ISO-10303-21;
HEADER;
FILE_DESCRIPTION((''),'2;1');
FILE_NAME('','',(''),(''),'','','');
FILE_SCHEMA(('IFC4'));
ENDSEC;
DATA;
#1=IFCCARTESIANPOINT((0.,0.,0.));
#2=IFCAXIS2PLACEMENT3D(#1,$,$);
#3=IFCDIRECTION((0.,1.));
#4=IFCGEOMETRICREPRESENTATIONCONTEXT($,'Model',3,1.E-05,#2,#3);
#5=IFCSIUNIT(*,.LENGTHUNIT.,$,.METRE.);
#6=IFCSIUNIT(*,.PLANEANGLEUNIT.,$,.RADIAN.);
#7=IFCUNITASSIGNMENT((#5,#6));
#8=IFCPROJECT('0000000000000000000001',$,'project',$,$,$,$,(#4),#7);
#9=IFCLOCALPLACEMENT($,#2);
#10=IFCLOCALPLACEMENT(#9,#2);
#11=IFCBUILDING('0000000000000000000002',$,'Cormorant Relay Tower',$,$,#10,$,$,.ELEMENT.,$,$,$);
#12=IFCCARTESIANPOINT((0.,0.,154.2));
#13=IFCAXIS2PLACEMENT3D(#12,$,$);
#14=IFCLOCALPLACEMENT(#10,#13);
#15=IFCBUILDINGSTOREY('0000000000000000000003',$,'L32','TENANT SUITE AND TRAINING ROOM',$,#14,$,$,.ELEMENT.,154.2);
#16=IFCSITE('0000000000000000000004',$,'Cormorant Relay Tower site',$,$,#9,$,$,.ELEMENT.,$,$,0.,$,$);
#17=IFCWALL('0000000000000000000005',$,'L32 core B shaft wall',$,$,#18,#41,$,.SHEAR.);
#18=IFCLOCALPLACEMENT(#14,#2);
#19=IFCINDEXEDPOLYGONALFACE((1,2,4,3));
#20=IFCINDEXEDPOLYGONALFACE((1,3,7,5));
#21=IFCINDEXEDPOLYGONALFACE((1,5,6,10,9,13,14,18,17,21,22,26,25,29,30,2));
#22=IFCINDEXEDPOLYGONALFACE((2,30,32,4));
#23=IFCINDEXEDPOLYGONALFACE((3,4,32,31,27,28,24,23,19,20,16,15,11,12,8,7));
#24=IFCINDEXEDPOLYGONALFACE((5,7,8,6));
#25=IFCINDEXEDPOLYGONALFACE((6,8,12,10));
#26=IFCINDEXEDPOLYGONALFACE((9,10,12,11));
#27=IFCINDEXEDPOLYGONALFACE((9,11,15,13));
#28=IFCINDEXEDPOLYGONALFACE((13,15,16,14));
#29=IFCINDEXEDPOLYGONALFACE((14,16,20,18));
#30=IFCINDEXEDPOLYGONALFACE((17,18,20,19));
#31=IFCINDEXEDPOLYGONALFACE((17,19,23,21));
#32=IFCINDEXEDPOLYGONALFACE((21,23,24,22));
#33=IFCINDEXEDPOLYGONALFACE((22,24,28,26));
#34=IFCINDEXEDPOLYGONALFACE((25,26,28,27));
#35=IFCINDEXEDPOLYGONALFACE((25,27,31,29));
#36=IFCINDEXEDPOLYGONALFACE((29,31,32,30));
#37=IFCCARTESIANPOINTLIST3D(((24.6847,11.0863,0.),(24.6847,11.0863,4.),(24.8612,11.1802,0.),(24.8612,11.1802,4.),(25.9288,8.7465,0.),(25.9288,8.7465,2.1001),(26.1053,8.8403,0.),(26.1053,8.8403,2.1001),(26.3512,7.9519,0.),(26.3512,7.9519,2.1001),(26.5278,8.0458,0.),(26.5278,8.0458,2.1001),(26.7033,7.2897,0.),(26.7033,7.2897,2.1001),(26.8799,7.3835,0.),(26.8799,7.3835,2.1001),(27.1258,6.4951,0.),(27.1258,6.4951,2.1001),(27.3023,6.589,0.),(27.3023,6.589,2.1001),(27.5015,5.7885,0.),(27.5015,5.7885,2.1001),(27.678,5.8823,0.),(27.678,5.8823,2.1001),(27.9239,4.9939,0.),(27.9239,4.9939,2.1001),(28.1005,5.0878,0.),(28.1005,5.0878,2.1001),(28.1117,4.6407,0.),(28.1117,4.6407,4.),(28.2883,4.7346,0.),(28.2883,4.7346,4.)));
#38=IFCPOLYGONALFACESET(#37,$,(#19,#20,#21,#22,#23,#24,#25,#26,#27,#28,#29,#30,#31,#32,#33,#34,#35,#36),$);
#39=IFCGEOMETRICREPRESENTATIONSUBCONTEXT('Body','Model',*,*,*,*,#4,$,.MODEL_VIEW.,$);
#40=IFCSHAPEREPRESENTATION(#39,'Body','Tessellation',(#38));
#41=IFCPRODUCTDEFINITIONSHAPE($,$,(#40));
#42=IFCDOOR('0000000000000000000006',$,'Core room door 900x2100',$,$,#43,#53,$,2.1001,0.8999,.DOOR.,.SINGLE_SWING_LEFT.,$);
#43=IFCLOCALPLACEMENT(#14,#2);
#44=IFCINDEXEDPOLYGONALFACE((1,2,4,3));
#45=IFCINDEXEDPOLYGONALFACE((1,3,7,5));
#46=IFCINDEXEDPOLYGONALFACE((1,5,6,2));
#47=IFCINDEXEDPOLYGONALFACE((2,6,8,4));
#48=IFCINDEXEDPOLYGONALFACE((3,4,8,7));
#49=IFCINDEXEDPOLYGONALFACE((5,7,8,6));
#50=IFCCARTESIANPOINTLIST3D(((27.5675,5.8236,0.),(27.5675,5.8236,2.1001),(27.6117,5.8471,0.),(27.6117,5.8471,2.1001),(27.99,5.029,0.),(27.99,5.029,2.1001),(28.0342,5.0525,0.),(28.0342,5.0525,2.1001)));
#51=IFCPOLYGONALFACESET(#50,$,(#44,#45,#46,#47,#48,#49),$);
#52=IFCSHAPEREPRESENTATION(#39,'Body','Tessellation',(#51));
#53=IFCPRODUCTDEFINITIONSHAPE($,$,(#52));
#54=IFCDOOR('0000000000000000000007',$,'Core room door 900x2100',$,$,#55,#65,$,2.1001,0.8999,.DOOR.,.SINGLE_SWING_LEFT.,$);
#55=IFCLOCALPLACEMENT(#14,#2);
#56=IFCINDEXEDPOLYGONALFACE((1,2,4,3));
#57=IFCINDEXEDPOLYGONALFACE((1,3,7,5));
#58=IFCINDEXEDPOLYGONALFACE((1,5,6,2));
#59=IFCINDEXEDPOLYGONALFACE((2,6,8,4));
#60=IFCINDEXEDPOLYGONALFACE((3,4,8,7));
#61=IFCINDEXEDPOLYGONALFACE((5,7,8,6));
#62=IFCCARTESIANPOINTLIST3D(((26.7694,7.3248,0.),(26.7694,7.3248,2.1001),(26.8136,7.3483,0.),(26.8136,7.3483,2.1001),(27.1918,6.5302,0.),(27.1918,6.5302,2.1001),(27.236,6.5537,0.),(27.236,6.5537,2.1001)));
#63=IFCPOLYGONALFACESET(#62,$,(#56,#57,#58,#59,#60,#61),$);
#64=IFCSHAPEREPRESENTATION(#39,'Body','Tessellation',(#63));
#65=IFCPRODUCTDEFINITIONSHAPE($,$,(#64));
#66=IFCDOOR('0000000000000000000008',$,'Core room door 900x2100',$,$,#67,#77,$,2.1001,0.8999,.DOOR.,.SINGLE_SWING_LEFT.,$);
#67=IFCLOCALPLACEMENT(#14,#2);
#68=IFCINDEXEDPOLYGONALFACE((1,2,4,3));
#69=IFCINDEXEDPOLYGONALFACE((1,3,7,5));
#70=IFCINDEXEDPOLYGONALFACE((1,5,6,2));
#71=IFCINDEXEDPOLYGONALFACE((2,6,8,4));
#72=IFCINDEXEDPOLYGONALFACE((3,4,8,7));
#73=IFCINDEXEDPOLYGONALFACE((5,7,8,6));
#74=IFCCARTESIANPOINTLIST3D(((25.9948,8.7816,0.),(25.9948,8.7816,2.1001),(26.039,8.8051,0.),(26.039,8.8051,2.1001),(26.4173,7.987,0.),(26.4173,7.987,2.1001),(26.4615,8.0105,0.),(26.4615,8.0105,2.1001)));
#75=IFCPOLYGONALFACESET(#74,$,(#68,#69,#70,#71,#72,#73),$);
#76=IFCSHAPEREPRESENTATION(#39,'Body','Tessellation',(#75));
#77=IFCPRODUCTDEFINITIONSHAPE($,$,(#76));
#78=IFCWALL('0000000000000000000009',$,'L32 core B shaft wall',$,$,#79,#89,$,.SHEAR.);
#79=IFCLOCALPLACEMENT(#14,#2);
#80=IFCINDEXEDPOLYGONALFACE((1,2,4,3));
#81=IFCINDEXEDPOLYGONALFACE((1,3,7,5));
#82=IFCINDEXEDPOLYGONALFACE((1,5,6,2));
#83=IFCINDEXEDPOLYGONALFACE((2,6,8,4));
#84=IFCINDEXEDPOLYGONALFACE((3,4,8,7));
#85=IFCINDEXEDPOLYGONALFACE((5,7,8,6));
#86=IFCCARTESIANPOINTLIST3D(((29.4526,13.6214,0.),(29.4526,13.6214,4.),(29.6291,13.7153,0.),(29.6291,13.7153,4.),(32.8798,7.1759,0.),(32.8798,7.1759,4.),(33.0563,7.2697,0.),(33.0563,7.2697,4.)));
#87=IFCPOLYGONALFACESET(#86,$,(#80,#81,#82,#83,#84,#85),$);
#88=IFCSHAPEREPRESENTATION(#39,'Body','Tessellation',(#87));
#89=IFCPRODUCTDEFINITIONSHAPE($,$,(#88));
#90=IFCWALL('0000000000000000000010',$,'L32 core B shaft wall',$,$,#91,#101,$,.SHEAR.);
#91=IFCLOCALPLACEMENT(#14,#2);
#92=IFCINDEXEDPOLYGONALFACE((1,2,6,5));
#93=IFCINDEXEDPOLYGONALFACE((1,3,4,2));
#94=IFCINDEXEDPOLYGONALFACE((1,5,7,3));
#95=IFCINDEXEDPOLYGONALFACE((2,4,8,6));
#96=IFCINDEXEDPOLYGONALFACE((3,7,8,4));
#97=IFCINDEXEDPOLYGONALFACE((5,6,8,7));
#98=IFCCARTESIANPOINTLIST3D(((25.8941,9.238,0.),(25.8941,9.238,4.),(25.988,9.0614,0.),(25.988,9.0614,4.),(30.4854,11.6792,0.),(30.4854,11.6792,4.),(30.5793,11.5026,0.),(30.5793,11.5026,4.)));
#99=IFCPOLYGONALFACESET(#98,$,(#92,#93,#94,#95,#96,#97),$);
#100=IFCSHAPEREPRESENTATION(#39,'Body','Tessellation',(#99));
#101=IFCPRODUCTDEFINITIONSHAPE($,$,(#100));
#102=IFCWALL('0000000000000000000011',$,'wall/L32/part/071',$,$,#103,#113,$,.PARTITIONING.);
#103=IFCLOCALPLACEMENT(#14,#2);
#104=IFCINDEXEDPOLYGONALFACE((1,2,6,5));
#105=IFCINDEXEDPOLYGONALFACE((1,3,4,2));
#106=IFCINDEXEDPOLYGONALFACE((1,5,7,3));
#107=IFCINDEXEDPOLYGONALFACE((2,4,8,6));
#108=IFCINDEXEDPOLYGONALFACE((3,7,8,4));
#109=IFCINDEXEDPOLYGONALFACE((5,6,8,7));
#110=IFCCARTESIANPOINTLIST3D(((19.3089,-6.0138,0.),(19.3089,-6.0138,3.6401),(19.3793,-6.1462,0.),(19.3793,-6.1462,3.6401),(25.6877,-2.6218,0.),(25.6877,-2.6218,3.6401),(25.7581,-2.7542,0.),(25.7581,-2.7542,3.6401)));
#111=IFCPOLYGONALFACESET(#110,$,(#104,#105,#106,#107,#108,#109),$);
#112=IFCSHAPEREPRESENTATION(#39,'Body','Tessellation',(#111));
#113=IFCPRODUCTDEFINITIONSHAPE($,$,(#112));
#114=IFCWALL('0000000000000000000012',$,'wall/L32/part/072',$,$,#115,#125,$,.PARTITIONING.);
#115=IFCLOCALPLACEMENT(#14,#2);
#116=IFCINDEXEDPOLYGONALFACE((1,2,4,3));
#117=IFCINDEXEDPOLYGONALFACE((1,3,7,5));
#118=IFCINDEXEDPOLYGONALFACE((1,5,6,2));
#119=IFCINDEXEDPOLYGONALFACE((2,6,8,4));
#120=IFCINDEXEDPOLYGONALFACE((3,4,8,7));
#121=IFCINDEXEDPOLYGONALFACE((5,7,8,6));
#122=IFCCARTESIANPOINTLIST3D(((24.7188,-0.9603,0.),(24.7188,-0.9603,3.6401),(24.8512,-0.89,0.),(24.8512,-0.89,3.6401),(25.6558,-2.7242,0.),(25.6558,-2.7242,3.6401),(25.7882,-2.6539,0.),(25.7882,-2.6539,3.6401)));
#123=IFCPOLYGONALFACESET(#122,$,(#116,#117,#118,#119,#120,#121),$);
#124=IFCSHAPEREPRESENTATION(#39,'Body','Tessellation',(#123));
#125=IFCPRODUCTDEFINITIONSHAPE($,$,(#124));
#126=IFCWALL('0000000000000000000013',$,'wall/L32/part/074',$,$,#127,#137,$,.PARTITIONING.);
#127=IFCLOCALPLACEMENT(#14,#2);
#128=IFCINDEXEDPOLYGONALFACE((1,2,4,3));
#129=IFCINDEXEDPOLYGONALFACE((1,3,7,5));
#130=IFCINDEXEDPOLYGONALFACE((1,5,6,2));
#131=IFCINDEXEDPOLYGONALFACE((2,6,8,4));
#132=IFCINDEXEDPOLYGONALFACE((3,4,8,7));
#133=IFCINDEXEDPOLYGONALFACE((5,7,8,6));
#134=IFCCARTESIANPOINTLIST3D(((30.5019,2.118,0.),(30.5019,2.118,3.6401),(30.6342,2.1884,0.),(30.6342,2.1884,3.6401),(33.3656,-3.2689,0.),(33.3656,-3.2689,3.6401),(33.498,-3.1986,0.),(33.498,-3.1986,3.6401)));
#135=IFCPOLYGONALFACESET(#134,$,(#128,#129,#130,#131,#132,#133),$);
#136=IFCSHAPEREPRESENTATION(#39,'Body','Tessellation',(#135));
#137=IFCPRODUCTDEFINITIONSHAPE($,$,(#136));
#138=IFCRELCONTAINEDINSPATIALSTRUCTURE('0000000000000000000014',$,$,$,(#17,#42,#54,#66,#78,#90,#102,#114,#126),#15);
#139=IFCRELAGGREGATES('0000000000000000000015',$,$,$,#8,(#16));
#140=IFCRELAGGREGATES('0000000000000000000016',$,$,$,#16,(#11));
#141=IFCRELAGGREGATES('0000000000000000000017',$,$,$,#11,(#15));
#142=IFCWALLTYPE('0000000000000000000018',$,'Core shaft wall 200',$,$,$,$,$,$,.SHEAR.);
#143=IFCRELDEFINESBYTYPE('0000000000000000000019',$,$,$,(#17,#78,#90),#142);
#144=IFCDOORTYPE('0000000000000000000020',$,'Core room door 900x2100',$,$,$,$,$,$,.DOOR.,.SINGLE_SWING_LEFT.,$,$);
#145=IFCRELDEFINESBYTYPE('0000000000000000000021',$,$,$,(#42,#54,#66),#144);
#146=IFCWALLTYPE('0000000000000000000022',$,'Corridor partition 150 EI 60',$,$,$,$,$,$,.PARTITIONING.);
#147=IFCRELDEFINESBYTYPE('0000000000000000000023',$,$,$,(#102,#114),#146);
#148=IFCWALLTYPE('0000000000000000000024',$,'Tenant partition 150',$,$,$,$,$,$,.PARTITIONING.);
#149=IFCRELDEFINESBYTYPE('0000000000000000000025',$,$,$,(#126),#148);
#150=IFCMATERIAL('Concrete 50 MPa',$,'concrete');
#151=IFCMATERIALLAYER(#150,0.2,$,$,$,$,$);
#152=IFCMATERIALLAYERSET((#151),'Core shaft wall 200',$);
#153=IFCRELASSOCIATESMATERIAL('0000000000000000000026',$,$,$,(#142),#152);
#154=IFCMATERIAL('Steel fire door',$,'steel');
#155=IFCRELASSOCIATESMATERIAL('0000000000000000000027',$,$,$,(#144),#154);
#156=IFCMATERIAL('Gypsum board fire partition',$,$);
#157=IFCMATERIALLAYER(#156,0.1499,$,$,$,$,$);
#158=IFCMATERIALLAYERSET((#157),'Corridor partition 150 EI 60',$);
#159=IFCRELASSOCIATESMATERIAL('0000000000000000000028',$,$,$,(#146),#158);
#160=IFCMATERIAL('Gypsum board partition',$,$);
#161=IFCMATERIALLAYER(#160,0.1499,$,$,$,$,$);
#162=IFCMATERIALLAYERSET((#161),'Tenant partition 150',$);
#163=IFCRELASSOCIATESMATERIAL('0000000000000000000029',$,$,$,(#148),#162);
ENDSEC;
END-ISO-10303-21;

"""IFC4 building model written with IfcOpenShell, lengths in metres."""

from ifc_helpers import new_model, si_unit, direction, frame, frame_2d, origin, place, context, subcontext, project, spatial, rectangle, extrude, material, layer, layer_set, type_object, element, fill, save


model = new_model("IFC4")

# Units and contexts
model_context = context("Model", 3, precision=1e-05, world=origin(), true_north=direction((0.0, 1.0)))
body_context = subcontext(model_context, "Body", "Model", "MODEL_VIEW")
ifc_project = project(units=[si_unit("LENGTHUNIT", "METRE"), si_unit("PLANEANGLEUNIT", "RADIAN")], contexts=[model_context])

# Site, building, storey
site_placement = place(None, origin())
site = spatial("IfcSite", under=ifc_project, at=site_placement, Name="Cormorant Relay Tower site", CompositionType="ELEMENT", RefElevation=0.0)
building_placement = place(site_placement, origin())
building = spatial("IfcBuilding", under=site, at=building_placement, Name="Cormorant Relay Tower", CompositionType="ELEMENT")
storey_placement = place(building_placement, frame((0.0, 0.0, 154.2)))
storey = spatial("IfcBuildingStorey", under=building, at=storey_placement, Name="L32", Description="TENANT SUITE AND TRAINING ROOM", CompositionType="ELEMENT", Elevation=154.2)

# Shared definitions
ifc_material_1 = material(Name="Concrete 50 MPa", Category="concrete")
ifc_layer_1 = layer(ifc_material_1, 0.2)
ifc_layer_set_1 = layer_set([ifc_layer_1], Name="Core shaft wall 200")
wall_type_1 = type_object("IfcWallType", Name="Core shaft wall 200", PredefinedType="SHEAR", material=ifc_layer_set_1)

# Wall, openings, doors
wall_1_placement = place(storey_placement, frame((28.2, 4.6877, 0.0), z_axis=(0.0, 0.0, 1.0), x_axis=(-0.469454, 0.882957, 0.0)))
wall_1 = element("IfcWall", 1, at=wall_1_placement, inside=storey, type_object=wall_type_1, Name="L32 core B shaft wall", PredefinedType="SHEAR", context=body_context, shape_type="SweptSolid", body=[
    extrude(rectangle(XDim=7.3, YDim=0.2, at=frame_2d((3.6499, 0.0))), origin(), (0.0, 0.0, 1.0), 4.0),
])
opening_1_placement = place(wall_1_placement, frame((0.3999, 0.0, 0.0)))
opening_1 = element("IfcOpeningElement", 2, at=opening_1_placement, cuts=wall_1, PredefinedType="OPENING", context=body_context, shape_type="SweptSolid", body=[
    extrude(rectangle(XDim=0.8999, YDim=2.1001, at=frame_2d((0.45, 1.05))), frame((0.0, 0.1099, 0.0), z_axis=(0.0, -1.0, 0.0), x_axis=(1.0, 0.0, 0.0)), (0.0, 0.0, 1.0), 0.22),
])
opening_2_placement = place(wall_1_placement, frame((2.1001, 0.0, 0.0)))
opening_2 = element("IfcOpeningElement", 3, at=opening_2_placement, cuts=wall_1, PredefinedType="OPENING", context=body_context, shape_type="SweptSolid", body=[
    extrude(rectangle(XDim=0.8999, YDim=2.1001, at=frame_2d((0.45, 1.05))), frame((0.0, 0.1099, 0.0), z_axis=(0.0, -1.0, 0.0), x_axis=(1.0, 0.0, 0.0)), (0.0, 0.0, 1.0), 0.22),
])
opening_3_placement = place(wall_1_placement, frame((3.75, 0.0, 0.0)))
opening_3 = element("IfcOpeningElement", 4, at=opening_3_placement, cuts=wall_1, PredefinedType="OPENING", context=body_context, shape_type="SweptSolid", body=[
    extrude(rectangle(XDim=0.8999, YDim=2.1001, at=frame_2d((0.45, 1.05))), frame((0.0, 0.1099, 0.0), z_axis=(0.0, -1.0, 0.0), x_axis=(1.0, 0.0, 0.0)), (0.0, 0.0, 1.0), 0.22),
])
ifc_material_2 = material(Name="Steel fire door", Category="steel")
door_type_1 = type_object("IfcDoorType", Name="Core room door 900x2100", OperationType="SINGLE_SWING_LEFT", PredefinedType="DOOR", material=ifc_material_2)
door_1_placement = place(opening_1_placement, frame((0.8999, 0.0, 0.0), z_axis=(0.0, 0.0, 1.0), x_axis=(-1.0, 0.0, 0.0)))
door_1 = element("IfcDoor", 5, at=door_1_placement, inside=storey, type_object=door_type_1, Name="Core room door 900x2100", OperationType="SINGLE_SWING_LEFT", OverallHeight=2.1001, OverallWidth=0.8999, PredefinedType="DOOR", context=body_context, shape_type="SweptSolid", body=[
    extrude(rectangle(XDim=0.8999, YDim=2.1001, at=frame_2d((0.45, 1.05))), frame((0.0, 0.0249, 0.0), z_axis=(0.0, -1.0, 0.0), x_axis=(1.0, 0.0, 0.0)), (0.0, 0.0, 1.0), 0.05),
])
fill(opening_1, door_1)
door_2_placement = place(opening_2_placement, frame((0.8999, 0.0, 0.0), z_axis=(0.0, 0.0, 1.0), x_axis=(-1.0, 0.0, 0.0)))
door_2 = element("IfcDoor", 6, at=door_2_placement, inside=storey, type_object=door_type_1, Name="Core room door 900x2100", OperationType="SINGLE_SWING_LEFT", OverallHeight=2.1001, OverallWidth=0.8999, PredefinedType="DOOR", context=body_context, shape_type="SweptSolid", body=[
    extrude(rectangle(XDim=0.8999, YDim=2.1001, at=frame_2d((0.45, 1.05))), frame((0.0, 0.0249, 0.0), z_axis=(0.0, -1.0, 0.0), x_axis=(1.0, 0.0, 0.0)), (0.0, 0.0, 1.0), 0.05),
])
fill(opening_2, door_2)
door_3_placement = place(opening_3_placement, frame((0.8999, 0.0, 0.0), z_axis=(0.0, 0.0, 1.0), x_axis=(-1.0, 0.0, 0.0)))
door_3 = element("IfcDoor", 7, at=door_3_placement, inside=storey, type_object=door_type_1, Name="Core room door 900x2100", OperationType="SINGLE_SWING_LEFT", OverallHeight=2.1001, OverallWidth=0.8999, PredefinedType="DOOR", context=body_context, shape_type="SweptSolid", body=[
    extrude(rectangle(XDim=0.8999, YDim=2.1001, at=frame_2d((0.45, 1.05))), frame((0.0, 0.0249, 0.0), z_axis=(0.0, -1.0, 0.0), x_axis=(1.0, 0.0, 0.0)), (0.0, 0.0, 1.0), 0.05),
])
fill(opening_3, door_3)

# Walls
wall_2_placement = place(storey_placement, frame((32.968, 7.2229, 0.0), z_axis=(0.0, 0.0, 1.0), x_axis=(-0.46948, 0.882943, 0.0)))
element("IfcWall", 8, at=wall_2_placement, inside=storey, type_object=wall_type_1, Name="L32 core B shaft wall", PredefinedType="SHEAR", context=body_context, shape_type="SweptSolid", body=[
    extrude(rectangle(XDim=7.3, YDim=0.2, at=frame_2d((3.6499, 0.0))), origin(), (0.0, 0.0, 1.0), 4.0),
])
wall_3_placement = place(storey_placement, frame((25.9409, 9.1497, 0.0), z_axis=(0.0, 0.0, 1.0), x_axis=(0.882954, 0.46946, 0.0)))
element("IfcWall", 9, at=wall_3_placement, inside=storey, type_object=wall_type_1, Name="L32 core B shaft wall", PredefinedType="SHEAR", context=body_context, shape_type="SweptSolid", body=[
    extrude(rectangle(XDim=5.2, YDim=0.2, at=frame_2d((2.6001, 0.0))), origin(), (0.0, 0.0, 1.0), 4.0),
])
ifc_material_3 = material(Name="Gypsum board fire partition")
ifc_layer_2 = layer(ifc_material_3, 0.1499)
ifc_layer_set_2 = layer_set([ifc_layer_2], Name="Corridor partition 150 EI 60")
wall_type_2 = type_object("IfcWallType", Name="Corridor partition 150 EI 60", PredefinedType="PARTITIONING", material=ifc_layer_set_2)
wall_4_placement = place(storey_placement, frame((25.7229, -2.688, 0.0), z_axis=(0.0, 0.0, 1.0), x_axis=(-0.882927, -0.469511, 0.0)))
element("IfcWall", 10, at=wall_4_placement, inside=storey, type_object=wall_type_2, Name="wall/L32/part/071", PredefinedType="PARTITIONING", context=body_context, shape_type="SweptSolid", body=[
    extrude(rectangle(XDim=7.2246, YDim=0.1499, at=frame_2d((3.6123, 0.0))), origin(), (0.0, 0.0, 1.0), 3.6401),
])
wall_5_placement = place(storey_placement, frame((25.7219, -2.689, 0.0), z_axis=(0.0, 0.0, 1.0), x_axis=(-0.469128, 0.88313, 0.0)))
element("IfcWall", 11, at=wall_5_placement, inside=storey, type_object=wall_type_2, Name="wall/L32/part/072", PredefinedType="PARTITIONING", context=body_context, shape_type="SweptSolid", body=[
    extrude(rectangle(XDim=1.9973, YDim=0.1499, at=frame_2d((0.9985, 0.0))), origin(), (0.0, 0.0, 1.0), 3.6401),
])
ifc_material_4 = material(Name="Gypsum board partition")
ifc_layer_3 = layer(ifc_material_4, 0.1499)
ifc_layer_set_3 = layer_set([ifc_layer_3], Name="Tenant partition 150")
wall_type_3 = type_object("IfcWallType", Name="Tenant partition 150", PredefinedType="PARTITIONING", material=ifc_layer_set_3)
wall_6_placement = place(storey_placement, frame((30.5681, 2.1531, 0.0), z_axis=(0.0, 0.0, 1.0), x_axis=(0.469404, -0.882984, 0.0)))
element("IfcWall", 12, at=wall_6_placement, inside=storey, type_object=wall_type_3, Name="wall/L32/part/074", PredefinedType="PARTITIONING", context=body_context, shape_type="SweptSolid", body=[
    extrude(rectangle(XDim=6.1008, YDim=0.1499, at=frame_2d((3.0503, 0.0))), origin(), (0.0, 0.0, 1.0), 3.6401),
])

save(model, "model.ifc")
